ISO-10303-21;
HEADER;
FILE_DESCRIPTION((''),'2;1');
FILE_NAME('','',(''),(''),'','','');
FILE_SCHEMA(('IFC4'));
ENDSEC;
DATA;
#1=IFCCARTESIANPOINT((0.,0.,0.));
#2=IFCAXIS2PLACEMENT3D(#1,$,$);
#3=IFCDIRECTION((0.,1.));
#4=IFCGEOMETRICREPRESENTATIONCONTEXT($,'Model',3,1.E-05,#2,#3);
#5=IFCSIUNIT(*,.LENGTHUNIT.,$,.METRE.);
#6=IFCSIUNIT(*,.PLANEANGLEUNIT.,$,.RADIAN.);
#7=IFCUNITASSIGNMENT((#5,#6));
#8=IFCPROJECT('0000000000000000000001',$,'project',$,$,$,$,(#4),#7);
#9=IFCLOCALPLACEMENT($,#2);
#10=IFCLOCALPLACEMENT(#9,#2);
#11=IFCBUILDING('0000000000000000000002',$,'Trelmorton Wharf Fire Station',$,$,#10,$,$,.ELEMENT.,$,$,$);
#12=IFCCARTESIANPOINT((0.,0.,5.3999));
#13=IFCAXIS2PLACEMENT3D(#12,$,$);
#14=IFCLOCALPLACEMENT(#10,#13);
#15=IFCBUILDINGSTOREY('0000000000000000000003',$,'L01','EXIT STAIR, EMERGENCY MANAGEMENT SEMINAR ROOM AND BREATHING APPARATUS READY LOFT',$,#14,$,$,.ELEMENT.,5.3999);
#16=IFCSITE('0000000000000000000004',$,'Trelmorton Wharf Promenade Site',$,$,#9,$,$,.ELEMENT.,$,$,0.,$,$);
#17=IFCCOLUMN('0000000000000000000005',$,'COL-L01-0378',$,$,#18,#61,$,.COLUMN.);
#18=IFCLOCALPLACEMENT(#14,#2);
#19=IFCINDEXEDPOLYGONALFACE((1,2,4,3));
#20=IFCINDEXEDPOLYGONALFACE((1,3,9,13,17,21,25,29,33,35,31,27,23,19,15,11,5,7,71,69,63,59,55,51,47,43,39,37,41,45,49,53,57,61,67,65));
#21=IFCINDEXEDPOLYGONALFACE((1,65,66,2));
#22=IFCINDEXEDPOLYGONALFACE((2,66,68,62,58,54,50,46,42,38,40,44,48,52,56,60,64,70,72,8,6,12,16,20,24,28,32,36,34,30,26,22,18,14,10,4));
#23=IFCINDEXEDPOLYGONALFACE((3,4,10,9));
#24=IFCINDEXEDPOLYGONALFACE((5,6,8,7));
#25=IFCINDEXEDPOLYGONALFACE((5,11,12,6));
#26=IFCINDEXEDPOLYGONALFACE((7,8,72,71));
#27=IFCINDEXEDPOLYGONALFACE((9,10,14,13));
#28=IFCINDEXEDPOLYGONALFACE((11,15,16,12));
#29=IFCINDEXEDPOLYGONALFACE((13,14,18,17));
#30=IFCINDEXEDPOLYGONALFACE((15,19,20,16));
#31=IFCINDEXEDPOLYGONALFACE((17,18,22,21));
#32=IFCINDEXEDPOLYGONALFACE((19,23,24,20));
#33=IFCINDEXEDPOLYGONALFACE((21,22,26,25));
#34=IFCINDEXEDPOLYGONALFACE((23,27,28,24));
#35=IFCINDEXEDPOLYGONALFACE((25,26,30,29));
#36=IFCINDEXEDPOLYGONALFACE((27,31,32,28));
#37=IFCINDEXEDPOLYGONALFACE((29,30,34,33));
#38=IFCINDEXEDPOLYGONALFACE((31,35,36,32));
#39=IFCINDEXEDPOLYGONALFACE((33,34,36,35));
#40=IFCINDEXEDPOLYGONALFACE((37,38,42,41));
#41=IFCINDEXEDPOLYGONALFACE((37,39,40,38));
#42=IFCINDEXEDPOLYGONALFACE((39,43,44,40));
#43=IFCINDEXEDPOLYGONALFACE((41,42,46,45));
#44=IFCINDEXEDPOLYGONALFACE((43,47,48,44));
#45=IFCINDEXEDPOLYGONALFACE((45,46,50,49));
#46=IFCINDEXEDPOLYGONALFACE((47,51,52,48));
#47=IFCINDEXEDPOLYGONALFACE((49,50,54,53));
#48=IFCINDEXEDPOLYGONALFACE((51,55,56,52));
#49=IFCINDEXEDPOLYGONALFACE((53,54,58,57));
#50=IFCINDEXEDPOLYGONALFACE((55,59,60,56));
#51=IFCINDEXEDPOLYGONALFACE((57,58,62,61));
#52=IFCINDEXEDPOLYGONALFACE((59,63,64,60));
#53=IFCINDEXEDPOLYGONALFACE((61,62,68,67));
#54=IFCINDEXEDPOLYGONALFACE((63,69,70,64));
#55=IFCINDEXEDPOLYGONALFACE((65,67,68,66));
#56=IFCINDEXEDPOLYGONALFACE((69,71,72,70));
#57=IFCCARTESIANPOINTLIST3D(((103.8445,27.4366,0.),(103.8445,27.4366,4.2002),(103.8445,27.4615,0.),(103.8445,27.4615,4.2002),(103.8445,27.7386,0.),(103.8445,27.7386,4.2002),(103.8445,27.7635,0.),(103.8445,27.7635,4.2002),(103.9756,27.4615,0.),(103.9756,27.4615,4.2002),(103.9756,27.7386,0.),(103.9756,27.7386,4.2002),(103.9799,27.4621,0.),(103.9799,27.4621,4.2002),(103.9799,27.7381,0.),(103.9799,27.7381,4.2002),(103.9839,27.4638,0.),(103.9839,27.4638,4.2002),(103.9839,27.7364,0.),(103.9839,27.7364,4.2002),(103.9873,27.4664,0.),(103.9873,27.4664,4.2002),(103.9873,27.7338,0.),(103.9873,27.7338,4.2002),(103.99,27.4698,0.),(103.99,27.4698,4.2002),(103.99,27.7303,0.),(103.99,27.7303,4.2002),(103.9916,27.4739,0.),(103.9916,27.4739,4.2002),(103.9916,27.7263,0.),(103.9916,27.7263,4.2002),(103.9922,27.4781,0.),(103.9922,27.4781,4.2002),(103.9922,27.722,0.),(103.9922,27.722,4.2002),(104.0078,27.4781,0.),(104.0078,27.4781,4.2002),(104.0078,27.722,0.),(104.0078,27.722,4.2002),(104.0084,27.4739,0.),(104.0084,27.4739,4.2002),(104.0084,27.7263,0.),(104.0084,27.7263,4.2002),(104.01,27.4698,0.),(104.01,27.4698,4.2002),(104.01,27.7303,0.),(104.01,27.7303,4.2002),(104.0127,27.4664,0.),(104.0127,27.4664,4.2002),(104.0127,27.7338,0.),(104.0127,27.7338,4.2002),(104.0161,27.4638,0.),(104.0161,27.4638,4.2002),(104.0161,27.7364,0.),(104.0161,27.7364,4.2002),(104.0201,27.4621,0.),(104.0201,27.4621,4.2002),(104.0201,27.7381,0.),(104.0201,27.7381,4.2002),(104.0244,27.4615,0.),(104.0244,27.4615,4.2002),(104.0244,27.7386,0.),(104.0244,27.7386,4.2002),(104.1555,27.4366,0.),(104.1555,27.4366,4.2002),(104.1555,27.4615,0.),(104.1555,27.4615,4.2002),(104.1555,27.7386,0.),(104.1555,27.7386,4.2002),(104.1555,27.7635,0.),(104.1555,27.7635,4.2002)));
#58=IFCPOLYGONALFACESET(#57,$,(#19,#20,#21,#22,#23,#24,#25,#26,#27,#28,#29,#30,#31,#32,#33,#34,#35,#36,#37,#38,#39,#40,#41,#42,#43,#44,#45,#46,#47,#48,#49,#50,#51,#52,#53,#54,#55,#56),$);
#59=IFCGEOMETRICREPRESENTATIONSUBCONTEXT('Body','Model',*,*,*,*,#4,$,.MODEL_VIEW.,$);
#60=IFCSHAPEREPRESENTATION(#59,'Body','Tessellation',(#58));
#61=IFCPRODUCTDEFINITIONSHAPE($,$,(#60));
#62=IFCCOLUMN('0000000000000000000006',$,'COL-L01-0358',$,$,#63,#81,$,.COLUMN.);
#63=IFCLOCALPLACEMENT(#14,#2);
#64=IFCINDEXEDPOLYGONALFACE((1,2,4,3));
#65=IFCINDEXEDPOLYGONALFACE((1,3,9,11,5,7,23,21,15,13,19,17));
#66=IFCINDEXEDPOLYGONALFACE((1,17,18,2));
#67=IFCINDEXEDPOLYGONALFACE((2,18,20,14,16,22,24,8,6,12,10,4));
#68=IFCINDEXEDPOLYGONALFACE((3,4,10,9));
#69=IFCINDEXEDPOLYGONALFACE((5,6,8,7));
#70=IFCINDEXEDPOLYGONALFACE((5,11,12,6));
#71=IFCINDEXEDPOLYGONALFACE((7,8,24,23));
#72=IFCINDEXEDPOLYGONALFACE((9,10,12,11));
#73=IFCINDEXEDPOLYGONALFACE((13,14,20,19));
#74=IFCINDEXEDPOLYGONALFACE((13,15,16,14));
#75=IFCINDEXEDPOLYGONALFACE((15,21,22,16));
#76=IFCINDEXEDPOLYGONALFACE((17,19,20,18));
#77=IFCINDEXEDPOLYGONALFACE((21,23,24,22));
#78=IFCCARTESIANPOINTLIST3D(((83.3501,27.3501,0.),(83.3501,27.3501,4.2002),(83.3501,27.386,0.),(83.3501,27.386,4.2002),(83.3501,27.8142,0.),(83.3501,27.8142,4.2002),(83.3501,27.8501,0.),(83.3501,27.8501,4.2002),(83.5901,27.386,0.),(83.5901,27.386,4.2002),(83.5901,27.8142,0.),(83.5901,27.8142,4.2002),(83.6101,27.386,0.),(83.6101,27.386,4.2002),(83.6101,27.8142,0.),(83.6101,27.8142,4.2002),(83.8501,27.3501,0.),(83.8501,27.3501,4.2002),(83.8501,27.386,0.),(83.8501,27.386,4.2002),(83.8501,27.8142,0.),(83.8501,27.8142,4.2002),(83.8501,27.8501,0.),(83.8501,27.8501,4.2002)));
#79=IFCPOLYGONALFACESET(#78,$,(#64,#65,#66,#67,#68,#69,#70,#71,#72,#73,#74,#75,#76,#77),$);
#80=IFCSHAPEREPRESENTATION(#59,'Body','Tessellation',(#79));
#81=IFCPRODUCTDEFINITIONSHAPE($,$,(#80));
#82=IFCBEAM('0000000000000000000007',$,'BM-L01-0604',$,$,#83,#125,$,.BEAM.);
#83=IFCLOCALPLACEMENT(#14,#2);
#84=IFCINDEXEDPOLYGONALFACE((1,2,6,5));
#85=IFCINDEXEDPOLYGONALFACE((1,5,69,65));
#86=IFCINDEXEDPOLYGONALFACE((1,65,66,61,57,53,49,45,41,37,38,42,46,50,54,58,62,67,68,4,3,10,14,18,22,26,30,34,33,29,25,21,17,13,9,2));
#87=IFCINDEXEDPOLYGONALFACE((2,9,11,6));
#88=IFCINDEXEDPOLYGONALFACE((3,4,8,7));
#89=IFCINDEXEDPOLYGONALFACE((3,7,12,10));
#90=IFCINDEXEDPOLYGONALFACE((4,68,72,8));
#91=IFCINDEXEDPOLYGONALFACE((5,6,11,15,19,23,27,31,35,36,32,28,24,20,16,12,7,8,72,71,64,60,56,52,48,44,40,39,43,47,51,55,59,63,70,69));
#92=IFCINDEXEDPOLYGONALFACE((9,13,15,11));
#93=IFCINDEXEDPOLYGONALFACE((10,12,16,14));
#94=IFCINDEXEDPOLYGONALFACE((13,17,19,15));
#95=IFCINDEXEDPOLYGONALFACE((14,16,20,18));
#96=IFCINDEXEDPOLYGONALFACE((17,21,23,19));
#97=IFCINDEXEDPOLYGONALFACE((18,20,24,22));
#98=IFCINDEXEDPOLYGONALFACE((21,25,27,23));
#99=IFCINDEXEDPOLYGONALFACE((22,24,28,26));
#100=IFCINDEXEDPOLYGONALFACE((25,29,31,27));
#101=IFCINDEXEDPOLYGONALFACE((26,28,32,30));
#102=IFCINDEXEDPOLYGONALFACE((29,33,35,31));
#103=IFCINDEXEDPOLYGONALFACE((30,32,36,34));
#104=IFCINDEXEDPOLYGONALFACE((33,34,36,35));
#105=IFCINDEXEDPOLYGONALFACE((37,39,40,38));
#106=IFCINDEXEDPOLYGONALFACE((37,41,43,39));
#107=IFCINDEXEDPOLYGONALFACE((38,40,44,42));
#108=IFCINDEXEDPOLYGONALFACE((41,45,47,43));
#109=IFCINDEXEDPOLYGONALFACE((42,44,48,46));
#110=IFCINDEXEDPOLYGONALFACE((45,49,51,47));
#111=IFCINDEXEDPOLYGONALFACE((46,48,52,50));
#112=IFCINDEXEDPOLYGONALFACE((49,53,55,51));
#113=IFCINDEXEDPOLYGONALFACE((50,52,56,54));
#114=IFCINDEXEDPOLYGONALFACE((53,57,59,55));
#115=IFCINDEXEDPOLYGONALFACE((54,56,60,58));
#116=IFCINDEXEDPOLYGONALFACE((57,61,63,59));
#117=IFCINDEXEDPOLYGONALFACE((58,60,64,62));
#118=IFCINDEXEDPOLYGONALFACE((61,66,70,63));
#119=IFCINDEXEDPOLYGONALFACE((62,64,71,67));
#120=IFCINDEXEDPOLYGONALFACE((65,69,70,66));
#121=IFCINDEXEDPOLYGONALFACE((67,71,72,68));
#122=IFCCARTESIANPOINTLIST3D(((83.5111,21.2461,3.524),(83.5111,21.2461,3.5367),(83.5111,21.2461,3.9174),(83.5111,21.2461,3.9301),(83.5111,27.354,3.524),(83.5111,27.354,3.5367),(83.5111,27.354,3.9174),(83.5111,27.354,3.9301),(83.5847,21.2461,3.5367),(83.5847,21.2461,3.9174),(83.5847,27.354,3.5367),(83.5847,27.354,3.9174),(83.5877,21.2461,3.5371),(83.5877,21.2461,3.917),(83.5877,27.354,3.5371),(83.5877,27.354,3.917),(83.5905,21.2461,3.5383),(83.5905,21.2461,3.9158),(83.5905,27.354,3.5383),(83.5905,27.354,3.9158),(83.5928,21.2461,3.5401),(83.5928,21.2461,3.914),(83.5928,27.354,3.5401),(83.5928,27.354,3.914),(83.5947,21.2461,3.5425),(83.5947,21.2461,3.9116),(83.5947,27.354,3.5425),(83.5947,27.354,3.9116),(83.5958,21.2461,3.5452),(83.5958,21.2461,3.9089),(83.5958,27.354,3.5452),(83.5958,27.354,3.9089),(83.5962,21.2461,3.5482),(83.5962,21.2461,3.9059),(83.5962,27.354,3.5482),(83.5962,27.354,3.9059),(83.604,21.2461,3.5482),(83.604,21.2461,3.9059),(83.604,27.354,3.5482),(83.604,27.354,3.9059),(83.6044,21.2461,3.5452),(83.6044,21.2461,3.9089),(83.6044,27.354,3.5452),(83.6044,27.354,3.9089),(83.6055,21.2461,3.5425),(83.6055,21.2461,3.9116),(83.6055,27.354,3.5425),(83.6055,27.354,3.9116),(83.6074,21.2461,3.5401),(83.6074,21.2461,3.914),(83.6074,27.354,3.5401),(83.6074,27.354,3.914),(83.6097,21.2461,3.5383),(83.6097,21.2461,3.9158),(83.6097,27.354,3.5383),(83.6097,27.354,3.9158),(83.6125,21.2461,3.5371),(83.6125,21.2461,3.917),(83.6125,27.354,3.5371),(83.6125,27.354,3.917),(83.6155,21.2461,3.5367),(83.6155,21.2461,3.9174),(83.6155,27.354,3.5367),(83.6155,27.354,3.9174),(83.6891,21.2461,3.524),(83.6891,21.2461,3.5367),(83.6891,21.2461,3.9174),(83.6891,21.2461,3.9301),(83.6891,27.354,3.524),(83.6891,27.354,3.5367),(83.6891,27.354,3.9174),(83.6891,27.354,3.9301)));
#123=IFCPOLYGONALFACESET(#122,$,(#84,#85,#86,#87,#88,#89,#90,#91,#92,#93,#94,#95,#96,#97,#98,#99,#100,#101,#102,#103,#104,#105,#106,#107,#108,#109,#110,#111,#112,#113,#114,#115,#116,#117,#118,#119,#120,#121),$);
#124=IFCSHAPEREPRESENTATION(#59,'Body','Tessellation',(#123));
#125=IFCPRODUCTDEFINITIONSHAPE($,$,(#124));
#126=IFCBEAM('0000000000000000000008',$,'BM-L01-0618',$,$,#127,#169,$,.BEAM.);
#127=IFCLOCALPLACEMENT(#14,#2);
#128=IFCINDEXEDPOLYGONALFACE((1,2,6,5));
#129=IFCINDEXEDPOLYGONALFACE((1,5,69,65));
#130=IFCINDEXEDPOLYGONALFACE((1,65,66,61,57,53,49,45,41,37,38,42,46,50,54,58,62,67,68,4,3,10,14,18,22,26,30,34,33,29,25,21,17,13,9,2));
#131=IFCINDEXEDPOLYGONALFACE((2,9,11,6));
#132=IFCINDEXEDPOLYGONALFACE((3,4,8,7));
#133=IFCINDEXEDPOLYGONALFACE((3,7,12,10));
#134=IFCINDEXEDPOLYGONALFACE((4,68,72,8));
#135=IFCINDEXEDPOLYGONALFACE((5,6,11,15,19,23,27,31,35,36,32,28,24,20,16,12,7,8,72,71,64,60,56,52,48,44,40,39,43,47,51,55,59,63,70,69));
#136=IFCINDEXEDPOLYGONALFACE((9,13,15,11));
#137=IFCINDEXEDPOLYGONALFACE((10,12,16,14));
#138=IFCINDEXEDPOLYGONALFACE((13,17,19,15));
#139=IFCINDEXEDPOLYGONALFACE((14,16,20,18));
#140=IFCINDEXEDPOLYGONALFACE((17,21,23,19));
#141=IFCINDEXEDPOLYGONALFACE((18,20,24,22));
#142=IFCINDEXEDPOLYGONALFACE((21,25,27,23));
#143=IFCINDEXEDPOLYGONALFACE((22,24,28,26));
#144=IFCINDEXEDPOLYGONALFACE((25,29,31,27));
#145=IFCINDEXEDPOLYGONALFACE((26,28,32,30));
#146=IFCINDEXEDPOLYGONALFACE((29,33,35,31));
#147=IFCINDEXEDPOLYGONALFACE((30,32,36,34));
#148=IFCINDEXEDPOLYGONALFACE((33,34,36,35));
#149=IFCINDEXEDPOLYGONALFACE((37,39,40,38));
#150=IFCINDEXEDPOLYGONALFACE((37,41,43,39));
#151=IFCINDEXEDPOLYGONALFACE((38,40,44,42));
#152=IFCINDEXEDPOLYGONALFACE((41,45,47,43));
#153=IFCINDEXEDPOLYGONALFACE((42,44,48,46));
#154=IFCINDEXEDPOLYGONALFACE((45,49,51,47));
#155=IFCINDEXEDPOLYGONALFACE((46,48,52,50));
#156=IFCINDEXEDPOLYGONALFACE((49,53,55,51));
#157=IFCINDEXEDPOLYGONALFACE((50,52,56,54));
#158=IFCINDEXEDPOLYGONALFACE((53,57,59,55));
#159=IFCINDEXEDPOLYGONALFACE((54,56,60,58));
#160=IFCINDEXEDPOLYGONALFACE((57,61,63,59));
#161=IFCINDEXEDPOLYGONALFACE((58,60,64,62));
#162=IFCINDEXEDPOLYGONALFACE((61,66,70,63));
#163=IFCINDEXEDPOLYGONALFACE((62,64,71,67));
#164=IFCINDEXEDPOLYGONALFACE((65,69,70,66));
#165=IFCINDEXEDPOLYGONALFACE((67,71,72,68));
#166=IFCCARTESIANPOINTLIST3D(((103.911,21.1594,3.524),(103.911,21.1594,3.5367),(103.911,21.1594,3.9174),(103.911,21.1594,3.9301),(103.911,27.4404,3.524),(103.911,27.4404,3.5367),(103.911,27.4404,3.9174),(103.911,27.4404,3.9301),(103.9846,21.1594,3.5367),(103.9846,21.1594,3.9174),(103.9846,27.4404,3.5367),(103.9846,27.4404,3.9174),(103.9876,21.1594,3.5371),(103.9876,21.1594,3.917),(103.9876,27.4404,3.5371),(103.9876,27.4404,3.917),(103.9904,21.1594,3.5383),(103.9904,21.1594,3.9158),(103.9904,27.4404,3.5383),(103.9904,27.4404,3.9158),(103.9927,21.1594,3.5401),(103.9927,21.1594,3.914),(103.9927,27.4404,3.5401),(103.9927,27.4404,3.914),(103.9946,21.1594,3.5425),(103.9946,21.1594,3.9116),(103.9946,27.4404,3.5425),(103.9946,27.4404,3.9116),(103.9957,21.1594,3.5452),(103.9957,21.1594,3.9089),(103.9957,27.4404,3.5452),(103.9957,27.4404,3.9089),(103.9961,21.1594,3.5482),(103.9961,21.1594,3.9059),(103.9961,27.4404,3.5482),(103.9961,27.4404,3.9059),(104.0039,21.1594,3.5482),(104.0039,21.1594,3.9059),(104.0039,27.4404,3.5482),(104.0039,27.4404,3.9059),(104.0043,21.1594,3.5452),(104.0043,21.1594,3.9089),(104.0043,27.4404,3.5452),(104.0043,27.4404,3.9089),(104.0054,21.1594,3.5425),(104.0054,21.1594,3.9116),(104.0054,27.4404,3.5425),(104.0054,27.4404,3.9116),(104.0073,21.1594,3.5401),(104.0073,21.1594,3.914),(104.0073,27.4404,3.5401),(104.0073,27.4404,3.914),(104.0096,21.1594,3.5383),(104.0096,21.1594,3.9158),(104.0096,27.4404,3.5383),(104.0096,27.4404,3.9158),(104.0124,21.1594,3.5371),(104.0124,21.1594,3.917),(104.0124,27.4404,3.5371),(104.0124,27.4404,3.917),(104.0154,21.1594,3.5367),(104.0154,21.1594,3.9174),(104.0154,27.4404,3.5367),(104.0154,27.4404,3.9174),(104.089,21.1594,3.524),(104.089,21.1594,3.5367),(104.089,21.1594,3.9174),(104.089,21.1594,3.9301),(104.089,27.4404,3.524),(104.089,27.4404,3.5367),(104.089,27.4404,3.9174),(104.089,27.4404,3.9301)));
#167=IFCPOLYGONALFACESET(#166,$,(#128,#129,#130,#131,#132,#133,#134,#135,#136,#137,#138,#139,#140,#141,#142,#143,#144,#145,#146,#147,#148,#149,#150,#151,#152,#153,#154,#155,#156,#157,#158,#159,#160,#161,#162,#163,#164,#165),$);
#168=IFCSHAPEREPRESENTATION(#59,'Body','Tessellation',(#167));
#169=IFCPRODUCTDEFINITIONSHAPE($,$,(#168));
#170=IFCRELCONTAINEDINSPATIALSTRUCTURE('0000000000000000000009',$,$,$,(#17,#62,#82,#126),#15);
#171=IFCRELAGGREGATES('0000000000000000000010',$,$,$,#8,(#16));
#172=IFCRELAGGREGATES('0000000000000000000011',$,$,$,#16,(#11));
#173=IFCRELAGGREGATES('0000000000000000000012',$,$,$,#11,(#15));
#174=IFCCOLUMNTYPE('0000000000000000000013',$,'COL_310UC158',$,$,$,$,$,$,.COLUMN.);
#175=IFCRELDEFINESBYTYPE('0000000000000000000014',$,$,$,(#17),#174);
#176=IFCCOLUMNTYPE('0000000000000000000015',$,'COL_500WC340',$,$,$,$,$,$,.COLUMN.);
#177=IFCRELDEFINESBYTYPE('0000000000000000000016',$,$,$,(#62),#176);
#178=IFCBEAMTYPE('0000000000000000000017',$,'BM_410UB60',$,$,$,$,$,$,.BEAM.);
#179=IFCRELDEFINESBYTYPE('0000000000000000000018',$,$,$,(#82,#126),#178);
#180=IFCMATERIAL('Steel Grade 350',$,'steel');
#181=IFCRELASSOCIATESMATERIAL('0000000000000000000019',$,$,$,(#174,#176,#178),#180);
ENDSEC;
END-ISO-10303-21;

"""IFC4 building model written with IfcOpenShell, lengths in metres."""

from ifc_helpers import new_model, si_unit, direction, frame, origin, origin_2d, place, context, subcontext, project, spatial, i_section, extrude, material, material_profile, profile_set, type_object, element, save


model = new_model("IFC4")

# Units and contexts
model_context = context("Model", 3, precision=1e-05, world=origin(), true_north=direction((0.0, 1.0)))
body_context = subcontext(model_context, "Body", "Model", "MODEL_VIEW")
ifc_project = project(units=[si_unit("LENGTHUNIT", "METRE"), si_unit("PLANEANGLEUNIT", "RADIAN")], contexts=[model_context])

# Site, building, storey
site_placement = place(None, origin())
site = spatial("IfcSite", under=ifc_project, at=site_placement, Name="Trelmorton Wharf Promenade Site", CompositionType="ELEMENT", RefElevation=0.0)
building_placement = place(site_placement, origin())
building = spatial("IfcBuilding", under=site, at=building_placement, Name="Trelmorton Wharf Fire Station", CompositionType="ELEMENT")
storey_placement = place(building_placement, frame((0.0, 0.0, 5.3999)))
storey = spatial("IfcBuildingStorey", under=building, at=storey_placement, Name="L01", Description="EXIT STAIR, EMERGENCY MANAGEMENT SEMINAR ROOM AND BREATHING APPARATUS READY LOFT", CompositionType="ELEMENT", Elevation=5.3999)

# Columns
ifc_material_1 = material(Name="Steel Grade 350", Category="steel")
ifc_material_profile_1 = material_profile(ifc_material_1, i_section(OverallWidth=0.311, OverallDepth=0.3269, WebThickness=0.0156, FlangeThickness=0.0249, FilletRadius=0.0166, at=origin_2d()), Name="310UC158")
ifc_profile_set_1 = profile_set([ifc_material_profile_1], Name="Steel Grade 350")
column_type_1 = type_object("IfcColumnType", Name="COL_310UC158", PredefinedType="COLUMN", material=ifc_profile_set_1)
column_1_placement = place(storey_placement, frame((104.0, 27.6001, 0.0), z_axis=(0.0, 0.0, 1.0), x_axis=(1.0, 0.0, 0.0)))
element("IfcColumn", 1, at=column_1_placement, inside=storey, type_object=column_type_1, Name="COL-L01-0378", PredefinedType="COLUMN", context=body_context, shape_type="SweptSolid", body=[
    extrude(i_section(OverallWidth=0.311, OverallDepth=0.3269, WebThickness=0.0156, FlangeThickness=0.0249, FilletRadius=0.0166, at=origin_2d()), origin(), (0.0, 0.0, 1.0), 4.2002),
])
ifc_material_profile_2 = material_profile(ifc_material_1, i_section(OverallWidth=0.5, OverallDepth=0.5, WebThickness=0.02, FlangeThickness=0.0359, at=origin_2d()), Name="500WC340")
ifc_profile_set_2 = profile_set([ifc_material_profile_2], Name="Steel Grade 350")
column_type_2 = type_object("IfcColumnType", Name="COL_500WC340", PredefinedType="COLUMN", material=ifc_profile_set_2)
column_2_placement = place(storey_placement, frame((83.6001, 27.6001, 0.0), z_axis=(0.0, 0.0, 1.0), x_axis=(1.0, 0.0, 0.0)))
element("IfcColumn", 2, at=column_2_placement, inside=storey, type_object=column_type_2, Name="COL-L01-0358", PredefinedType="COLUMN", context=body_context, shape_type="SweptSolid", body=[
    extrude(i_section(OverallWidth=0.5, OverallDepth=0.5, WebThickness=0.02, FlangeThickness=0.0359, at=origin_2d()), origin(), (0.0, 0.0, 1.0), 4.2002),
])

# Beams
ifc_material_profile_3 = material_profile(ifc_material_1, i_section(OverallWidth=0.178, OverallDepth=0.406, WebThickness=0.0078, FlangeThickness=0.0127, FilletRadius=0.0115, at=origin_2d()), Name="410UB59.7")
ifc_profile_set_3 = profile_set([ifc_material_profile_3], Name="Steel Grade 350")
beam_type_1 = type_object("IfcBeamType", Name="BM_410UB60", PredefinedType="BEAM", material=ifc_profile_set_3)
beam_1_placement = place(storey_placement, frame((83.6001, 21.2461, 3.7271), z_axis=(0.0, 1.0, 0.0), x_axis=(-1.0, 0.0, 0.0)))
element("IfcBeam", 3, at=beam_1_placement, inside=storey, type_object=beam_type_1, Name="BM-L01-0604", PredefinedType="BEAM", context=body_context, shape_type="SweptSolid", body=[
    extrude(i_section(OverallWidth=0.178, OverallDepth=0.406, WebThickness=0.0078, FlangeThickness=0.0127, FilletRadius=0.0115, at=origin_2d()), origin(), (0.0, 0.0, 1.0), 6.1079),
])
for number, where, z_axis, x_axis, name in (
    (4, (104.0, 21.1594, 3.7271), (0.0, 1.0, 0.0), (-1.0, 0.0, 0.0), "BM-L01-0618"),
):
    element("IfcBeam", number, at=place(storey_placement, frame(where, z_axis=z_axis, x_axis=x_axis)), inside=storey, type_object=beam_type_1, Name=name, PredefinedType="BEAM", context=body_context, shape_type="SweptSolid", body=[
        extrude(i_section(OverallWidth=0.178, OverallDepth=0.406, WebThickness=0.0078, FlangeThickness=0.0127, FilletRadius=0.0115, at=origin_2d()), origin(), (0.0, 0.0, 1.0), 6.281),
    ])

save(model, "model.ifc")
